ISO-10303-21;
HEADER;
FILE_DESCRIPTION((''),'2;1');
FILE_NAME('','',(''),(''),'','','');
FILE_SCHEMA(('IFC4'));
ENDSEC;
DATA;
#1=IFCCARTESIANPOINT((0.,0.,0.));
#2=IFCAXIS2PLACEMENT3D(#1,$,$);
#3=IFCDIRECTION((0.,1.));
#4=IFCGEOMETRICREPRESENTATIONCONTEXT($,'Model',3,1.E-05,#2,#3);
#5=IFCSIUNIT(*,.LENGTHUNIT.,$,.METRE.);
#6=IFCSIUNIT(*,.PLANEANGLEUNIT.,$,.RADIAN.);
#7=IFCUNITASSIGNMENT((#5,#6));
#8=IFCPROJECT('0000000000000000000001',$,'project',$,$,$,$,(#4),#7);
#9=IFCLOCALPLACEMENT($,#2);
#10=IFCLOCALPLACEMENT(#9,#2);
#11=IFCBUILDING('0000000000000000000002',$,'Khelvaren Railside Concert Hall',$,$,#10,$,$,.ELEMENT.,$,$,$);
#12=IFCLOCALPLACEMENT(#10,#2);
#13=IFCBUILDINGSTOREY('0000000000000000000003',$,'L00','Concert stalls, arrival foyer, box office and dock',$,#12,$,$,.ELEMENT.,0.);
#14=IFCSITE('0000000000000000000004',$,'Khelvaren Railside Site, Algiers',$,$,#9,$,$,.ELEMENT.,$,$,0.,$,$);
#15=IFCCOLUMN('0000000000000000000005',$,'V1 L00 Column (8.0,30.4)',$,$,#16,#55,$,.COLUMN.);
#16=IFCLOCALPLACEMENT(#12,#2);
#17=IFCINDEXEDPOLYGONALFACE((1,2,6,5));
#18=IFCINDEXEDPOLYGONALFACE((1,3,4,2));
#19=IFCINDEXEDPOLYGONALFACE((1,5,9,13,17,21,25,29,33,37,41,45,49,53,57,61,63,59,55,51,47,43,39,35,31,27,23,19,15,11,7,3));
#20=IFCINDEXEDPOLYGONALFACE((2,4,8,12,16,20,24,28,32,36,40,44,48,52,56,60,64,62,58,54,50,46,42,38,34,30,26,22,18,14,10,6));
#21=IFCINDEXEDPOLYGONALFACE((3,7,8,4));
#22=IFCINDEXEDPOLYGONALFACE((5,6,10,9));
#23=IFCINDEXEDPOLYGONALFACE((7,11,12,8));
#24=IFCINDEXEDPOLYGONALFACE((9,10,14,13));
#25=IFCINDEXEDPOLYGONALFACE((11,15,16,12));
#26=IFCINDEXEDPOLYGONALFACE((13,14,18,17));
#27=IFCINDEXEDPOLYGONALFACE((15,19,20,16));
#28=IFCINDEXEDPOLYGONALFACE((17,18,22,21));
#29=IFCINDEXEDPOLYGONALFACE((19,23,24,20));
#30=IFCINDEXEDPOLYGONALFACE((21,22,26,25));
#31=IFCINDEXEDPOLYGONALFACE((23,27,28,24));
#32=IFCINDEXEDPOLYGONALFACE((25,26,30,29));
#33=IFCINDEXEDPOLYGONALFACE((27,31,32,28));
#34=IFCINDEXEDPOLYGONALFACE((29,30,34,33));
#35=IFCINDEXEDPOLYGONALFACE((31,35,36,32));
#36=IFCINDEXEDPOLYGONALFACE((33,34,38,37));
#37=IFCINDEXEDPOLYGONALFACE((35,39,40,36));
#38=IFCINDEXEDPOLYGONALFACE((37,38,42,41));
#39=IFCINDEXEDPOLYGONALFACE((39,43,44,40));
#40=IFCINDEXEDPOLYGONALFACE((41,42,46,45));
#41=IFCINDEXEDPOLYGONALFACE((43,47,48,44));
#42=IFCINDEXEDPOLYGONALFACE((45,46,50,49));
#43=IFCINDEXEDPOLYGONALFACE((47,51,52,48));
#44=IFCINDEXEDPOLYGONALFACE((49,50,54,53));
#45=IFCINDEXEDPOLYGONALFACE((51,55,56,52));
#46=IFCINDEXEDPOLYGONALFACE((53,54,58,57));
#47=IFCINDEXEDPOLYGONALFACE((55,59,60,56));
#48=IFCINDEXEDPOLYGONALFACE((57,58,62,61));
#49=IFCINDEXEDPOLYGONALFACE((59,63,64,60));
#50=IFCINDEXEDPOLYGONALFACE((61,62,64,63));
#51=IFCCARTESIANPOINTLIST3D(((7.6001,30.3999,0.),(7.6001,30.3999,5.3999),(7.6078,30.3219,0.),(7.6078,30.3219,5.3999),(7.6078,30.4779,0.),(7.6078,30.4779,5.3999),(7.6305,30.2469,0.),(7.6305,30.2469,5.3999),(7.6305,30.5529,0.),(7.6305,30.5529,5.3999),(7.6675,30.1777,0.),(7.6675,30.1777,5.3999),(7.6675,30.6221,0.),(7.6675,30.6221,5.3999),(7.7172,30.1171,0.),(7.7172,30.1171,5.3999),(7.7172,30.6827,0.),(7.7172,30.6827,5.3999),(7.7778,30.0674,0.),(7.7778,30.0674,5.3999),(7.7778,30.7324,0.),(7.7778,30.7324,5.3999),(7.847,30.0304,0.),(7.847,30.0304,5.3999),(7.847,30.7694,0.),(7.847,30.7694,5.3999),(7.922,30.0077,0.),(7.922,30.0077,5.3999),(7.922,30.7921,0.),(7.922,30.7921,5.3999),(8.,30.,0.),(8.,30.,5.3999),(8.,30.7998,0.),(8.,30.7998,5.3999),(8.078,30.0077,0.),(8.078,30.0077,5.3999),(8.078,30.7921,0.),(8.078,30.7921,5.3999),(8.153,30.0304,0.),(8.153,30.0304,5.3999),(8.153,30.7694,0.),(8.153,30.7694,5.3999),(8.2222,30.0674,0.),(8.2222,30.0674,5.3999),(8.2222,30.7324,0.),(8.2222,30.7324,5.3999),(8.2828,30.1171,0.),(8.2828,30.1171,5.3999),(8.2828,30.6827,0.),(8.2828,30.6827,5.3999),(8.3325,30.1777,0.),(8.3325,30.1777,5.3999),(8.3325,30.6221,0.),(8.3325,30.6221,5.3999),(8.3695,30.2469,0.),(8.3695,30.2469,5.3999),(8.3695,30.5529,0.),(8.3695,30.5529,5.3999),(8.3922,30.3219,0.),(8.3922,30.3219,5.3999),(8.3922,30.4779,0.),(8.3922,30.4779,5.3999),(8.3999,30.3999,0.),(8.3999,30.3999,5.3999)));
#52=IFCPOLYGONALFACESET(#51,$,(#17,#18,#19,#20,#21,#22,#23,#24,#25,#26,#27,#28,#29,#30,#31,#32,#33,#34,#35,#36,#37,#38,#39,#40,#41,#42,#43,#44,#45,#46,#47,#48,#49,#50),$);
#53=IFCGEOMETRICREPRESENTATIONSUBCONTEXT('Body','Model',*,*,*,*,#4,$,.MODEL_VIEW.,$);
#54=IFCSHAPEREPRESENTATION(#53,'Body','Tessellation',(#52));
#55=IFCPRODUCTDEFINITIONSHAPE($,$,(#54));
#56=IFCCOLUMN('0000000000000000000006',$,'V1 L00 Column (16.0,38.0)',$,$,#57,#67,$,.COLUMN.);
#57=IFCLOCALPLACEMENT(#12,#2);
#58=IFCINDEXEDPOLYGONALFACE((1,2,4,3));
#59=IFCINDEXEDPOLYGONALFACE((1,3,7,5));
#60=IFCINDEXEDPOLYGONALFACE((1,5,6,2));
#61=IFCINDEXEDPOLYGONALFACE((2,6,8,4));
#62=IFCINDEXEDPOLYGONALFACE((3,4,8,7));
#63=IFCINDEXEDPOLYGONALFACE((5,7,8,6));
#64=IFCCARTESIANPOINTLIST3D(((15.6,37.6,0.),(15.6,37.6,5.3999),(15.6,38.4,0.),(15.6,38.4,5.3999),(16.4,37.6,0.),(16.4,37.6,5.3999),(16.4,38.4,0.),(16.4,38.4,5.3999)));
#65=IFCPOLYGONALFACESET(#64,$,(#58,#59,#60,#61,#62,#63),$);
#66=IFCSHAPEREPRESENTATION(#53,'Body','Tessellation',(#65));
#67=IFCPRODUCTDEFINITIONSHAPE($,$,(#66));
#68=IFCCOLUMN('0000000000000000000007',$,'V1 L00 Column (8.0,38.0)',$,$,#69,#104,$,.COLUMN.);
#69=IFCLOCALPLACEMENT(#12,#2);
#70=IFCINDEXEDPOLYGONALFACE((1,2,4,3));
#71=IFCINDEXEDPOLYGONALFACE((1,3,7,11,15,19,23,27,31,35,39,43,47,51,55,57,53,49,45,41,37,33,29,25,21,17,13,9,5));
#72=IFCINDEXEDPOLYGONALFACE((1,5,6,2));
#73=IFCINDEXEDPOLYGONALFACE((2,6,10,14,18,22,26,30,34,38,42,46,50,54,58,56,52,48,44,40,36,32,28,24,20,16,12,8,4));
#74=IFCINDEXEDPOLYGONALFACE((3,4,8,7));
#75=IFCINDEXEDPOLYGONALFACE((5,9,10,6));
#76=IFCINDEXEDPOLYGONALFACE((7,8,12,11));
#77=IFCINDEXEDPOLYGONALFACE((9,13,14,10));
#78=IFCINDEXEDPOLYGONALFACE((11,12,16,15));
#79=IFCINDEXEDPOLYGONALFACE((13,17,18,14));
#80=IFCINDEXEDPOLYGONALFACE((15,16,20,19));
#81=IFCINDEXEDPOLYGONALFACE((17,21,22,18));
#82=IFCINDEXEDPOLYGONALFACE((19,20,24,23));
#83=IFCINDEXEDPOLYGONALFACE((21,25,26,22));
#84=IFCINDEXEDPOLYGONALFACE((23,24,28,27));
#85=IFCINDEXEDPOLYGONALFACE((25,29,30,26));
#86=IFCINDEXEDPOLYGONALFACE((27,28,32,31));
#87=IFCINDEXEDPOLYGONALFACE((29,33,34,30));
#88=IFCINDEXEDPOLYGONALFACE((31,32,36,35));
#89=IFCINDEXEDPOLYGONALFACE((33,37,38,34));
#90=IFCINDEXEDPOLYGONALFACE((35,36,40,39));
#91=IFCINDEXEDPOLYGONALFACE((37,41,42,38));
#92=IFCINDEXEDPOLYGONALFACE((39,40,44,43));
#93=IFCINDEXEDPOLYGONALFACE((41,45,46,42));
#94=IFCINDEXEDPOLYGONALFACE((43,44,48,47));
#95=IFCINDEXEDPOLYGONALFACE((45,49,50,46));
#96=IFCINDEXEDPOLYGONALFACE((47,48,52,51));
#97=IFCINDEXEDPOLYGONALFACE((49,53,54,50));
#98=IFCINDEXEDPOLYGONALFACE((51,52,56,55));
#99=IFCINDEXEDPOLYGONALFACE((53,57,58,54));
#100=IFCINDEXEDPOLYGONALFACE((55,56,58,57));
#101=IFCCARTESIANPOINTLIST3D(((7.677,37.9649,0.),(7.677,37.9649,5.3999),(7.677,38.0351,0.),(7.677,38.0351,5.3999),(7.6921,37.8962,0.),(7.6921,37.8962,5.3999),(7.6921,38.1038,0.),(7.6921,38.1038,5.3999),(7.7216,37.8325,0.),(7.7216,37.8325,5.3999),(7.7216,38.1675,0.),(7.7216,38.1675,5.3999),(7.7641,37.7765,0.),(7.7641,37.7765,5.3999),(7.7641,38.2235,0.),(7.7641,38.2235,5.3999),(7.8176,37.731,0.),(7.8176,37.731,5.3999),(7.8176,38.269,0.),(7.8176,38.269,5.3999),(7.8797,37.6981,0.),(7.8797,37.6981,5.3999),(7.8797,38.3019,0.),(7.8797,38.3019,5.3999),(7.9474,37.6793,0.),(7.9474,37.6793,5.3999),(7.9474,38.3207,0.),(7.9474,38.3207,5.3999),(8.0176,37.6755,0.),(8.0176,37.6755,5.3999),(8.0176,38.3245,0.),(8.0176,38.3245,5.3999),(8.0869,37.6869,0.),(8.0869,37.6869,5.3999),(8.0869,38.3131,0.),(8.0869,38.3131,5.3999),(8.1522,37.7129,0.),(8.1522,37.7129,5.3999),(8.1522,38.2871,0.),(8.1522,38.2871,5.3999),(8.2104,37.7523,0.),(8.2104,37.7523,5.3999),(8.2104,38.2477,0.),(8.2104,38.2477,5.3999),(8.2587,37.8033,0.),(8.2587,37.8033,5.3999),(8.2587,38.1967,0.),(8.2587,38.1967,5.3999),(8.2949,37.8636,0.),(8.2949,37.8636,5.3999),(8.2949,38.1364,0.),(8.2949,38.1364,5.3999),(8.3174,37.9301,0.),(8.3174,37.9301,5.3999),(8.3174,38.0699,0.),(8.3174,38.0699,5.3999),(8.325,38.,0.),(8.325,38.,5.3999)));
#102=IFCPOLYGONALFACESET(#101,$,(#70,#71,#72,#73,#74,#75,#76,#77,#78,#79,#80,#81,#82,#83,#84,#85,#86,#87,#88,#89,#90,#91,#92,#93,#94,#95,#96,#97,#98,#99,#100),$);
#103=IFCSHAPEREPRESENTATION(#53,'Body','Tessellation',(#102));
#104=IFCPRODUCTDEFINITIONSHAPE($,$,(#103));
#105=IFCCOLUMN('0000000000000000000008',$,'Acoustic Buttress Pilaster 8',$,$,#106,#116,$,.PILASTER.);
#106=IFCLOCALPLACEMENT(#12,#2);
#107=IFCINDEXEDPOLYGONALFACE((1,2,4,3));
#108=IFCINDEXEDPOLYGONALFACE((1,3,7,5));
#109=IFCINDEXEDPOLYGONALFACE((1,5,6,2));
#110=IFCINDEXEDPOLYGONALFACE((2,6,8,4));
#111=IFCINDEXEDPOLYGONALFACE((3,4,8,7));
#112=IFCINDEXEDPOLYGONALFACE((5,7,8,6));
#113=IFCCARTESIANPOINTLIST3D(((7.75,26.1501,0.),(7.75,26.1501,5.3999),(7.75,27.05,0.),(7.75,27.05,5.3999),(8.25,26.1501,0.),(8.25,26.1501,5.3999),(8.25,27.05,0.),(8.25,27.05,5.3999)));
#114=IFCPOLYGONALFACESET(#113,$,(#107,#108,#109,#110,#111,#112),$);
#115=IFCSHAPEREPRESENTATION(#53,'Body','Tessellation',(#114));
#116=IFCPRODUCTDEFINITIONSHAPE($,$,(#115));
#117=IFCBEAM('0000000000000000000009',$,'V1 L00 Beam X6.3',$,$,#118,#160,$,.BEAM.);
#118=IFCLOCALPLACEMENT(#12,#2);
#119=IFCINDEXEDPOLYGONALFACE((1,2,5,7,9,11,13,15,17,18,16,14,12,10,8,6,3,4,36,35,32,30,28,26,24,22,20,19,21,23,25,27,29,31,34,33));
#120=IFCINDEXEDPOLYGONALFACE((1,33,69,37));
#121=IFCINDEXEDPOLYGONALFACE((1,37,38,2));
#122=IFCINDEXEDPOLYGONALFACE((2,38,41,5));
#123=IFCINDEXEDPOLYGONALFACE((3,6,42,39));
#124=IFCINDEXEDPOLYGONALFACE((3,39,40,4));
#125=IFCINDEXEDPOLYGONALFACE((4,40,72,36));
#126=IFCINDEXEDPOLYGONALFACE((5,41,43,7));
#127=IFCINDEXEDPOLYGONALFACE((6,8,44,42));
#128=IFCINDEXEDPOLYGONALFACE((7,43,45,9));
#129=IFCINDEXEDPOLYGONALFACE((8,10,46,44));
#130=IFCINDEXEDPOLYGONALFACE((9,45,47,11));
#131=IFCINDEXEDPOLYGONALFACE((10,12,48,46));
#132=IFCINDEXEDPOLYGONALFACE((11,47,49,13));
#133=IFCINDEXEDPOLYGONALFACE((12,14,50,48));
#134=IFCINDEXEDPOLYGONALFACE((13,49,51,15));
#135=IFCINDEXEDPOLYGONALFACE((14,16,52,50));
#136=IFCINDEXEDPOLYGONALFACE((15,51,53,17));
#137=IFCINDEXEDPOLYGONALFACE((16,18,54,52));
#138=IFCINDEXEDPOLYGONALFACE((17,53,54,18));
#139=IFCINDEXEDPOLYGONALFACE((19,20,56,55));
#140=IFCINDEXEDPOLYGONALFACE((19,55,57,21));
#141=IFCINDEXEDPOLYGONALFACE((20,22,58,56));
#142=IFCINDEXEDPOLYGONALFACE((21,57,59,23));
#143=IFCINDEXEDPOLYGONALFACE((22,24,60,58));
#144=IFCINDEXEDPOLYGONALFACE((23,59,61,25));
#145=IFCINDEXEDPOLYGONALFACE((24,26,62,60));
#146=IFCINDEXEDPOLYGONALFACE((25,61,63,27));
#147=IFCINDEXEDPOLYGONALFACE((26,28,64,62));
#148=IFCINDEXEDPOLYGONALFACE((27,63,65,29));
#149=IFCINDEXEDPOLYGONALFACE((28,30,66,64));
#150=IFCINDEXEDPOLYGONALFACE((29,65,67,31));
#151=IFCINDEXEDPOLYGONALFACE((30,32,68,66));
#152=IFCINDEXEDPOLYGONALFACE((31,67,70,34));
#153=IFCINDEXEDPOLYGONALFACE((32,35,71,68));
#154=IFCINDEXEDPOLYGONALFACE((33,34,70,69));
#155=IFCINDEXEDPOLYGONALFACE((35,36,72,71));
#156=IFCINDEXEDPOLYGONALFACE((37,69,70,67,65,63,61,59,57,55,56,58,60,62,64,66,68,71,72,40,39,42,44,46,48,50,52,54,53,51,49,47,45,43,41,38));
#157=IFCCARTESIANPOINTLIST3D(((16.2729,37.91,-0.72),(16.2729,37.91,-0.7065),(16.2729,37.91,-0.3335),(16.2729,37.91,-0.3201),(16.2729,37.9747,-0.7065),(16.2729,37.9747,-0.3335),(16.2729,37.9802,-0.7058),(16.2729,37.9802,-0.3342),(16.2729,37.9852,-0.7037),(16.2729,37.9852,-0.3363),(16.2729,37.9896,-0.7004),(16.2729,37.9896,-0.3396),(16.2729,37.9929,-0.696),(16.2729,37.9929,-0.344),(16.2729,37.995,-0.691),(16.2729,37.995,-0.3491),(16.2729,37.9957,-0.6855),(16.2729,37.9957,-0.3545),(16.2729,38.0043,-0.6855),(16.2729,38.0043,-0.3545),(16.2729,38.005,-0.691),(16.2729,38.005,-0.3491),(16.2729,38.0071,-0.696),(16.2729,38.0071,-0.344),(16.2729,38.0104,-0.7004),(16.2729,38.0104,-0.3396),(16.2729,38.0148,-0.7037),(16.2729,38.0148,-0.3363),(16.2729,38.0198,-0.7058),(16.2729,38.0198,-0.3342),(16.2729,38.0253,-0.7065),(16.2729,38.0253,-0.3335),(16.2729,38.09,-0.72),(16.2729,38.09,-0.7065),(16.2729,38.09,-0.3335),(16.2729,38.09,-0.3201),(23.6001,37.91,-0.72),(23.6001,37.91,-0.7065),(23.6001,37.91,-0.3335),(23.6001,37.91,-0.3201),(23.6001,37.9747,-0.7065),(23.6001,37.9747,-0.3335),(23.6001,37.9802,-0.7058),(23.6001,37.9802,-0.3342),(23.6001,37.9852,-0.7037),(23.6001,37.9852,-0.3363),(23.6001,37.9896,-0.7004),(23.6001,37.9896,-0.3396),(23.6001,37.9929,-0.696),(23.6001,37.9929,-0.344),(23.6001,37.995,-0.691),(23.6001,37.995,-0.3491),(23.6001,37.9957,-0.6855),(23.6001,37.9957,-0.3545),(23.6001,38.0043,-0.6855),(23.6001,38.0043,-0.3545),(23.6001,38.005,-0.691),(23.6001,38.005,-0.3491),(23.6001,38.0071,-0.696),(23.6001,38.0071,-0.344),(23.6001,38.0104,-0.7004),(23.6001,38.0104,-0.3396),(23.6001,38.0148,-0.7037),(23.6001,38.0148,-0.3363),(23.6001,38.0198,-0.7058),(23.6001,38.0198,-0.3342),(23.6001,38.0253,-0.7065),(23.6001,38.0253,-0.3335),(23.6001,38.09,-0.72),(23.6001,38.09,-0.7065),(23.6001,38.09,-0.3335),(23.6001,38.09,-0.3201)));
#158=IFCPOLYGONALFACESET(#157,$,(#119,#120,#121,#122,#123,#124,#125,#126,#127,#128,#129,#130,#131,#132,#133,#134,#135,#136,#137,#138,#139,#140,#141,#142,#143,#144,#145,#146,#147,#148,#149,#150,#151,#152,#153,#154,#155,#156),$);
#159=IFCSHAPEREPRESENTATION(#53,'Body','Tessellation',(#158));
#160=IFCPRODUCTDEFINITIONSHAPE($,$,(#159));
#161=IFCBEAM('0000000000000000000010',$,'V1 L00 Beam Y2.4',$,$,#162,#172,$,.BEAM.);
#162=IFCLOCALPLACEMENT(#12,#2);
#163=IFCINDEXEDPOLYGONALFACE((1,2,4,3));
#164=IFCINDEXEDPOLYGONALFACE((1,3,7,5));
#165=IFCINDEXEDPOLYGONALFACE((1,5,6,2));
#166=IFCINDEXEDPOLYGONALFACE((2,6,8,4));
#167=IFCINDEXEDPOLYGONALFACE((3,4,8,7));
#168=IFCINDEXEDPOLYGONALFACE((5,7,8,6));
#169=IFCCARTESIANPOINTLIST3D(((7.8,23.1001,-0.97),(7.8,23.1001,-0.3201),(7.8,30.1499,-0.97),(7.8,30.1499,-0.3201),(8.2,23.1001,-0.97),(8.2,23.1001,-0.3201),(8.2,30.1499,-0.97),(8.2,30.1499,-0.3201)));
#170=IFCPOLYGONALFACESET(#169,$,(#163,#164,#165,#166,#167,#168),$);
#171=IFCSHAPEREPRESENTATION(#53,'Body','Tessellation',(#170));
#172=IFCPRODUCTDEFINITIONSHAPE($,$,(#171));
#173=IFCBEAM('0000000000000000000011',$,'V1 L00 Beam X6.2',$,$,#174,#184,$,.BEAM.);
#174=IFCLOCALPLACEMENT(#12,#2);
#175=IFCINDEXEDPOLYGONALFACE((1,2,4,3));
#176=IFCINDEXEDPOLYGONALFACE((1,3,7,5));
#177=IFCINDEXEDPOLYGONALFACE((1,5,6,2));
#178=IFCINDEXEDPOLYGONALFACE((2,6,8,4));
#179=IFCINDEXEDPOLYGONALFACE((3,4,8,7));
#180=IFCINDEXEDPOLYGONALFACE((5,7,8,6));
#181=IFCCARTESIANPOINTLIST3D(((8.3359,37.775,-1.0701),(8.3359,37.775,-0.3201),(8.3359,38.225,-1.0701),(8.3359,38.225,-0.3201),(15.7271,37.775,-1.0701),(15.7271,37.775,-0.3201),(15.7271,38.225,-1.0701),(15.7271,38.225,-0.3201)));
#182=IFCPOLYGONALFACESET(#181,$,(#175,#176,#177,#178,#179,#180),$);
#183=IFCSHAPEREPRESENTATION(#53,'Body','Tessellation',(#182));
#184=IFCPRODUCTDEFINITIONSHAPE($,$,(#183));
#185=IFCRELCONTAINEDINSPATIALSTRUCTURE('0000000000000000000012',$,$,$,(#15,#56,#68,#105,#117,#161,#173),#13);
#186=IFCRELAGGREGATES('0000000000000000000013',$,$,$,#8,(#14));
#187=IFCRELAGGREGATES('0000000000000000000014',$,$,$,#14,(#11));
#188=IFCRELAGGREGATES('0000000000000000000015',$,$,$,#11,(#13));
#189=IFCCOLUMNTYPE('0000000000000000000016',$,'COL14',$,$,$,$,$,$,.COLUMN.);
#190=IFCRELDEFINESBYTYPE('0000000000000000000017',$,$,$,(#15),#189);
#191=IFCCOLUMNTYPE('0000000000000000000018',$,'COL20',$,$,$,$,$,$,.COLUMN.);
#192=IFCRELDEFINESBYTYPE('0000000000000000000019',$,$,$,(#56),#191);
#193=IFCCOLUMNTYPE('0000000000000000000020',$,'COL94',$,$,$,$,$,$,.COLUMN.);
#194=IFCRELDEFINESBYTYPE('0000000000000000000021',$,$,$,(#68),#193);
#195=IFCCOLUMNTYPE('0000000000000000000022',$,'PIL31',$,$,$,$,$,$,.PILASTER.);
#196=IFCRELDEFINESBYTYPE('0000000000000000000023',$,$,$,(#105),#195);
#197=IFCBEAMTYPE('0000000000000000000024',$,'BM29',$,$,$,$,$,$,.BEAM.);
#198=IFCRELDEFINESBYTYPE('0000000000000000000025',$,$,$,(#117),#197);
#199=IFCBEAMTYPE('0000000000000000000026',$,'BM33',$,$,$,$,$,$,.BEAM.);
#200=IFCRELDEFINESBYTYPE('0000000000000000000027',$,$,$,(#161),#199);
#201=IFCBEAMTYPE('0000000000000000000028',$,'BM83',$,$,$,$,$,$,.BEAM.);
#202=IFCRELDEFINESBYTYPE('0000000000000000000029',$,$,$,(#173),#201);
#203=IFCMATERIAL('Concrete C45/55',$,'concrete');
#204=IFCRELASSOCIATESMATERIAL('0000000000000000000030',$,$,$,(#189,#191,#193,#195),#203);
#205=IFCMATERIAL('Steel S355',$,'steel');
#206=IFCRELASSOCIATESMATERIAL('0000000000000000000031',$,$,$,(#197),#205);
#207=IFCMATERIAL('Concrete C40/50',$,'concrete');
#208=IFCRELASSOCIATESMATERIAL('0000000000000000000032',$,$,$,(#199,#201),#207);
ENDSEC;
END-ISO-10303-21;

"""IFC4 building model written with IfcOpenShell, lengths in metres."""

from ifc_helpers import new_model, si_unit, direction, frame, origin, origin_2d, place, context, subcontext, project, spatial, rectangle, circle, i_section, extrude, material, material_profile, profile_set, type_object, element, save


model = new_model("IFC4")

# Units and contexts
model_context = context("Model", 3, precision=1e-05, world=origin(), true_north=direction((0.0, 1.0)))
body_context = subcontext(model_context, "Body", "Model", "MODEL_VIEW")
ifc_project = project(units=[si_unit("LENGTHUNIT", "METRE"), si_unit("PLANEANGLEUNIT", "RADIAN")], contexts=[model_context])

# Site, building, storey
site_placement = place(None, origin())
site = spatial("IfcSite", under=ifc_project, at=site_placement, Name="Khelvaren Railside Site, Algiers", CompositionType="ELEMENT", RefElevation=0.0)
building_placement = place(site_placement, origin())
building = spatial("IfcBuilding", under=site, at=building_placement, Name="Khelvaren Railside Concert Hall", CompositionType="ELEMENT")
storey_placement = place(building_placement, origin())
storey = spatial("IfcBuildingStorey", under=building, at=storey_placement, Name="L00", Description="Concert stalls, arrival foyer, box office and dock", CompositionType="ELEMENT", Elevation=0.0)

# Columns
ifc_material_1 = material(Name="Concrete C45/55", Category="concrete")
ifc_material_profile_1 = material_profile(ifc_material_1, circle(Radius=0.3999, at=origin_2d()), Name="RC D800")
ifc_profile_set_1 = profile_set([ifc_material_profile_1], Name="Concrete C45/55")
column_type_1 = type_object("IfcColumnType", Name="COL14", PredefinedType="COLUMN", material=ifc_profile_set_1)
column_1_placement = place(storey_placement, frame((8.0, 30.3999, 0.0), z_axis=(0.0, 0.0, 1.0), x_axis=(1.0, 0.0, 0.0)))
element("IfcColumn", 1, at=column_1_placement, inside=storey, type_object=column_type_1, Name="V1 L00 Column (8.0,30.4)", PredefinedType="COLUMN", context=body_context, shape_type="SweptSolid", body=[
    extrude(circle(Radius=0.3999, at=origin_2d()), origin(), (0.0, 0.0, 1.0), 5.3999),
])
ifc_material_profile_2 = material_profile(ifc_material_1, rectangle(XDim=0.8, YDim=0.8, at=origin_2d()), Name="RC 800x800")
ifc_profile_set_2 = profile_set([ifc_material_profile_2], Name="Concrete C45/55")
column_type_2 = type_object("IfcColumnType", Name="COL20", PredefinedType="COLUMN", material=ifc_profile_set_2)
column_2_placement = place(storey_placement, frame((16.0, 38.0, 0.0), z_axis=(0.0, 0.0, 1.0), x_axis=(1.0, 0.0, 0.0)))
element("IfcColumn", 2, at=column_2_placement, inside=storey, type_object=column_type_2, Name="V1 L00 Column (16.0,38.0)", PredefinedType="COLUMN", context=body_context, shape_type="SweptSolid", body=[
    extrude(rectangle(XDim=0.8, YDim=0.8, at=origin_2d()), origin(), (0.0, 0.0, 1.0), 5.3999),
])
ifc_material_profile_3 = material_profile(ifc_material_1, circle(Radius=0.325, at=origin_2d()), Name="RC D650")
ifc_profile_set_3 = profile_set([ifc_material_profile_3], Name="Concrete C45/55")
column_type_3 = type_object("IfcColumnType", Name="COL94", PredefinedType="COLUMN", material=ifc_profile_set_3)
column_3_placement = place(storey_placement, frame((8.0, 38.0, 0.0), z_axis=(0.0, 0.0, 1.0), x_axis=(1.0, 0.0, 0.0)))
element("IfcColumn", 3, at=column_3_placement, inside=storey, type_object=column_type_3, Name="V1 L00 Column (8.0,38.0)", PredefinedType="COLUMN", context=body_context, shape_type="SweptSolid", body=[
    extrude(circle(Radius=0.325, at=origin_2d()), origin(), (0.0, 0.0, 1.0), 5.3999),
])
ifc_material_profile_4 = material_profile(ifc_material_1, rectangle(XDim=0.5, YDim=0.8999, at=origin_2d()), Name="PIL 500x900")
ifc_profile_set_4 = profile_set([ifc_material_profile_4], Name="Concrete C45/55")
column_type_4 = type_object("IfcColumnType", Name="PIL31", PredefinedType="PILASTER", material=ifc_profile_set_4)
column_4_placement = place(storey_placement, frame((8.0, 26.6001, 0.0), z_axis=(0.0, 0.0, 1.0), x_axis=(1.0, 0.0, 0.0)))
element("IfcColumn", 4, at=column_4_placement, inside=storey, type_object=column_type_4, Name="Acoustic Buttress Pilaster 8", PredefinedType="PILASTER", context=body_context, shape_type="SweptSolid", body=[
    extrude(rectangle(XDim=0.5, YDim=0.8999, at=origin_2d()), origin(), (0.0, 0.0, 1.0), 5.3999),
])

# Beams
ifc_material_2 = material(Name="Steel S355", Category="steel")
ifc_material_profile_5 = material_profile(ifc_material_2, i_section(OverallWidth=0.1799, OverallDepth=0.3999, WebThickness=0.0085, FlangeThickness=0.0134, FilletRadius=0.021, at=origin_2d()), Name="IPE 400")
ifc_profile_set_5 = profile_set([ifc_material_profile_5], Name="Steel S355")
beam_type_1 = type_object("IfcBeamType", Name="BM29", PredefinedType="BEAM", material=ifc_profile_set_5)
beam_1_placement = place(storey_placement, frame((16.2729, 38.0, -0.52), z_axis=(1.0, 0.0, 0.0), x_axis=(0.0, 1.0, 0.0)))
element("IfcBeam", 5, at=beam_1_placement, inside=storey, type_object=beam_type_1, Name="V1 L00 Beam X6.3", PredefinedType="BEAM", context=body_context, shape_type="SweptSolid", body=[
    extrude(i_section(OverallWidth=0.1799, OverallDepth=0.3999, WebThickness=0.0085, FlangeThickness=0.0134, FilletRadius=0.021, at=origin_2d()), origin(), (0.0, 0.0, 1.0), 7.3271),
])
ifc_material_3 = material(Name="Concrete C40/50", Category="concrete")
ifc_material_profile_6 = material_profile(ifc_material_3, rectangle(XDim=0.3999, YDim=0.6499, at=origin_2d()), Name="RCB 400x650")
ifc_profile_set_6 = profile_set([ifc_material_profile_6], Name="Concrete C40/50")
beam_type_2 = type_object("IfcBeamType", Name="BM33", PredefinedType="BEAM", material=ifc_profile_set_6)
beam_2_placement = place(storey_placement, frame((8.0, 23.1001, -0.645), z_axis=(0.0, 1.0, 0.0), x_axis=(-1.0, 0.0, 0.0)))
element("IfcBeam", 6, at=beam_2_placement, inside=storey, type_object=beam_type_2, Name="V1 L00 Beam Y2.4", PredefinedType="BEAM", context=body_context, shape_type="SweptSolid", body=[
    extrude(rectangle(XDim=0.3999, YDim=0.6499, at=origin_2d()), origin(), (0.0, 0.0, 1.0), 7.0498),
])
ifc_material_profile_7 = material_profile(ifc_material_3, rectangle(XDim=0.45, YDim=0.75, at=origin_2d()), Name="RCB 450x750")
ifc_profile_set_7 = profile_set([ifc_material_profile_7], Name="Concrete C40/50")
beam_type_3 = type_object("IfcBeamType", Name="BM83", PredefinedType="BEAM", material=ifc_profile_set_7)
beam_3_placement = place(storey_placement, frame((8.3359, 38.0, -0.6951), z_axis=(1.0, 0.0, 0.0), x_axis=(0.0, 1.0, 0.0)))
element("IfcBeam", 7, at=beam_3_placement, inside=storey, type_object=beam_type_3, Name="V1 L00 Beam X6.2", PredefinedType="BEAM", context=body_context, shape_type="SweptSolid", body=[
    extrude(rectangle(XDim=0.45, YDim=0.75, at=origin_2d()), origin(), (0.0, 0.0, 1.0), 7.3911),
])

save(model, "model.ifc")
